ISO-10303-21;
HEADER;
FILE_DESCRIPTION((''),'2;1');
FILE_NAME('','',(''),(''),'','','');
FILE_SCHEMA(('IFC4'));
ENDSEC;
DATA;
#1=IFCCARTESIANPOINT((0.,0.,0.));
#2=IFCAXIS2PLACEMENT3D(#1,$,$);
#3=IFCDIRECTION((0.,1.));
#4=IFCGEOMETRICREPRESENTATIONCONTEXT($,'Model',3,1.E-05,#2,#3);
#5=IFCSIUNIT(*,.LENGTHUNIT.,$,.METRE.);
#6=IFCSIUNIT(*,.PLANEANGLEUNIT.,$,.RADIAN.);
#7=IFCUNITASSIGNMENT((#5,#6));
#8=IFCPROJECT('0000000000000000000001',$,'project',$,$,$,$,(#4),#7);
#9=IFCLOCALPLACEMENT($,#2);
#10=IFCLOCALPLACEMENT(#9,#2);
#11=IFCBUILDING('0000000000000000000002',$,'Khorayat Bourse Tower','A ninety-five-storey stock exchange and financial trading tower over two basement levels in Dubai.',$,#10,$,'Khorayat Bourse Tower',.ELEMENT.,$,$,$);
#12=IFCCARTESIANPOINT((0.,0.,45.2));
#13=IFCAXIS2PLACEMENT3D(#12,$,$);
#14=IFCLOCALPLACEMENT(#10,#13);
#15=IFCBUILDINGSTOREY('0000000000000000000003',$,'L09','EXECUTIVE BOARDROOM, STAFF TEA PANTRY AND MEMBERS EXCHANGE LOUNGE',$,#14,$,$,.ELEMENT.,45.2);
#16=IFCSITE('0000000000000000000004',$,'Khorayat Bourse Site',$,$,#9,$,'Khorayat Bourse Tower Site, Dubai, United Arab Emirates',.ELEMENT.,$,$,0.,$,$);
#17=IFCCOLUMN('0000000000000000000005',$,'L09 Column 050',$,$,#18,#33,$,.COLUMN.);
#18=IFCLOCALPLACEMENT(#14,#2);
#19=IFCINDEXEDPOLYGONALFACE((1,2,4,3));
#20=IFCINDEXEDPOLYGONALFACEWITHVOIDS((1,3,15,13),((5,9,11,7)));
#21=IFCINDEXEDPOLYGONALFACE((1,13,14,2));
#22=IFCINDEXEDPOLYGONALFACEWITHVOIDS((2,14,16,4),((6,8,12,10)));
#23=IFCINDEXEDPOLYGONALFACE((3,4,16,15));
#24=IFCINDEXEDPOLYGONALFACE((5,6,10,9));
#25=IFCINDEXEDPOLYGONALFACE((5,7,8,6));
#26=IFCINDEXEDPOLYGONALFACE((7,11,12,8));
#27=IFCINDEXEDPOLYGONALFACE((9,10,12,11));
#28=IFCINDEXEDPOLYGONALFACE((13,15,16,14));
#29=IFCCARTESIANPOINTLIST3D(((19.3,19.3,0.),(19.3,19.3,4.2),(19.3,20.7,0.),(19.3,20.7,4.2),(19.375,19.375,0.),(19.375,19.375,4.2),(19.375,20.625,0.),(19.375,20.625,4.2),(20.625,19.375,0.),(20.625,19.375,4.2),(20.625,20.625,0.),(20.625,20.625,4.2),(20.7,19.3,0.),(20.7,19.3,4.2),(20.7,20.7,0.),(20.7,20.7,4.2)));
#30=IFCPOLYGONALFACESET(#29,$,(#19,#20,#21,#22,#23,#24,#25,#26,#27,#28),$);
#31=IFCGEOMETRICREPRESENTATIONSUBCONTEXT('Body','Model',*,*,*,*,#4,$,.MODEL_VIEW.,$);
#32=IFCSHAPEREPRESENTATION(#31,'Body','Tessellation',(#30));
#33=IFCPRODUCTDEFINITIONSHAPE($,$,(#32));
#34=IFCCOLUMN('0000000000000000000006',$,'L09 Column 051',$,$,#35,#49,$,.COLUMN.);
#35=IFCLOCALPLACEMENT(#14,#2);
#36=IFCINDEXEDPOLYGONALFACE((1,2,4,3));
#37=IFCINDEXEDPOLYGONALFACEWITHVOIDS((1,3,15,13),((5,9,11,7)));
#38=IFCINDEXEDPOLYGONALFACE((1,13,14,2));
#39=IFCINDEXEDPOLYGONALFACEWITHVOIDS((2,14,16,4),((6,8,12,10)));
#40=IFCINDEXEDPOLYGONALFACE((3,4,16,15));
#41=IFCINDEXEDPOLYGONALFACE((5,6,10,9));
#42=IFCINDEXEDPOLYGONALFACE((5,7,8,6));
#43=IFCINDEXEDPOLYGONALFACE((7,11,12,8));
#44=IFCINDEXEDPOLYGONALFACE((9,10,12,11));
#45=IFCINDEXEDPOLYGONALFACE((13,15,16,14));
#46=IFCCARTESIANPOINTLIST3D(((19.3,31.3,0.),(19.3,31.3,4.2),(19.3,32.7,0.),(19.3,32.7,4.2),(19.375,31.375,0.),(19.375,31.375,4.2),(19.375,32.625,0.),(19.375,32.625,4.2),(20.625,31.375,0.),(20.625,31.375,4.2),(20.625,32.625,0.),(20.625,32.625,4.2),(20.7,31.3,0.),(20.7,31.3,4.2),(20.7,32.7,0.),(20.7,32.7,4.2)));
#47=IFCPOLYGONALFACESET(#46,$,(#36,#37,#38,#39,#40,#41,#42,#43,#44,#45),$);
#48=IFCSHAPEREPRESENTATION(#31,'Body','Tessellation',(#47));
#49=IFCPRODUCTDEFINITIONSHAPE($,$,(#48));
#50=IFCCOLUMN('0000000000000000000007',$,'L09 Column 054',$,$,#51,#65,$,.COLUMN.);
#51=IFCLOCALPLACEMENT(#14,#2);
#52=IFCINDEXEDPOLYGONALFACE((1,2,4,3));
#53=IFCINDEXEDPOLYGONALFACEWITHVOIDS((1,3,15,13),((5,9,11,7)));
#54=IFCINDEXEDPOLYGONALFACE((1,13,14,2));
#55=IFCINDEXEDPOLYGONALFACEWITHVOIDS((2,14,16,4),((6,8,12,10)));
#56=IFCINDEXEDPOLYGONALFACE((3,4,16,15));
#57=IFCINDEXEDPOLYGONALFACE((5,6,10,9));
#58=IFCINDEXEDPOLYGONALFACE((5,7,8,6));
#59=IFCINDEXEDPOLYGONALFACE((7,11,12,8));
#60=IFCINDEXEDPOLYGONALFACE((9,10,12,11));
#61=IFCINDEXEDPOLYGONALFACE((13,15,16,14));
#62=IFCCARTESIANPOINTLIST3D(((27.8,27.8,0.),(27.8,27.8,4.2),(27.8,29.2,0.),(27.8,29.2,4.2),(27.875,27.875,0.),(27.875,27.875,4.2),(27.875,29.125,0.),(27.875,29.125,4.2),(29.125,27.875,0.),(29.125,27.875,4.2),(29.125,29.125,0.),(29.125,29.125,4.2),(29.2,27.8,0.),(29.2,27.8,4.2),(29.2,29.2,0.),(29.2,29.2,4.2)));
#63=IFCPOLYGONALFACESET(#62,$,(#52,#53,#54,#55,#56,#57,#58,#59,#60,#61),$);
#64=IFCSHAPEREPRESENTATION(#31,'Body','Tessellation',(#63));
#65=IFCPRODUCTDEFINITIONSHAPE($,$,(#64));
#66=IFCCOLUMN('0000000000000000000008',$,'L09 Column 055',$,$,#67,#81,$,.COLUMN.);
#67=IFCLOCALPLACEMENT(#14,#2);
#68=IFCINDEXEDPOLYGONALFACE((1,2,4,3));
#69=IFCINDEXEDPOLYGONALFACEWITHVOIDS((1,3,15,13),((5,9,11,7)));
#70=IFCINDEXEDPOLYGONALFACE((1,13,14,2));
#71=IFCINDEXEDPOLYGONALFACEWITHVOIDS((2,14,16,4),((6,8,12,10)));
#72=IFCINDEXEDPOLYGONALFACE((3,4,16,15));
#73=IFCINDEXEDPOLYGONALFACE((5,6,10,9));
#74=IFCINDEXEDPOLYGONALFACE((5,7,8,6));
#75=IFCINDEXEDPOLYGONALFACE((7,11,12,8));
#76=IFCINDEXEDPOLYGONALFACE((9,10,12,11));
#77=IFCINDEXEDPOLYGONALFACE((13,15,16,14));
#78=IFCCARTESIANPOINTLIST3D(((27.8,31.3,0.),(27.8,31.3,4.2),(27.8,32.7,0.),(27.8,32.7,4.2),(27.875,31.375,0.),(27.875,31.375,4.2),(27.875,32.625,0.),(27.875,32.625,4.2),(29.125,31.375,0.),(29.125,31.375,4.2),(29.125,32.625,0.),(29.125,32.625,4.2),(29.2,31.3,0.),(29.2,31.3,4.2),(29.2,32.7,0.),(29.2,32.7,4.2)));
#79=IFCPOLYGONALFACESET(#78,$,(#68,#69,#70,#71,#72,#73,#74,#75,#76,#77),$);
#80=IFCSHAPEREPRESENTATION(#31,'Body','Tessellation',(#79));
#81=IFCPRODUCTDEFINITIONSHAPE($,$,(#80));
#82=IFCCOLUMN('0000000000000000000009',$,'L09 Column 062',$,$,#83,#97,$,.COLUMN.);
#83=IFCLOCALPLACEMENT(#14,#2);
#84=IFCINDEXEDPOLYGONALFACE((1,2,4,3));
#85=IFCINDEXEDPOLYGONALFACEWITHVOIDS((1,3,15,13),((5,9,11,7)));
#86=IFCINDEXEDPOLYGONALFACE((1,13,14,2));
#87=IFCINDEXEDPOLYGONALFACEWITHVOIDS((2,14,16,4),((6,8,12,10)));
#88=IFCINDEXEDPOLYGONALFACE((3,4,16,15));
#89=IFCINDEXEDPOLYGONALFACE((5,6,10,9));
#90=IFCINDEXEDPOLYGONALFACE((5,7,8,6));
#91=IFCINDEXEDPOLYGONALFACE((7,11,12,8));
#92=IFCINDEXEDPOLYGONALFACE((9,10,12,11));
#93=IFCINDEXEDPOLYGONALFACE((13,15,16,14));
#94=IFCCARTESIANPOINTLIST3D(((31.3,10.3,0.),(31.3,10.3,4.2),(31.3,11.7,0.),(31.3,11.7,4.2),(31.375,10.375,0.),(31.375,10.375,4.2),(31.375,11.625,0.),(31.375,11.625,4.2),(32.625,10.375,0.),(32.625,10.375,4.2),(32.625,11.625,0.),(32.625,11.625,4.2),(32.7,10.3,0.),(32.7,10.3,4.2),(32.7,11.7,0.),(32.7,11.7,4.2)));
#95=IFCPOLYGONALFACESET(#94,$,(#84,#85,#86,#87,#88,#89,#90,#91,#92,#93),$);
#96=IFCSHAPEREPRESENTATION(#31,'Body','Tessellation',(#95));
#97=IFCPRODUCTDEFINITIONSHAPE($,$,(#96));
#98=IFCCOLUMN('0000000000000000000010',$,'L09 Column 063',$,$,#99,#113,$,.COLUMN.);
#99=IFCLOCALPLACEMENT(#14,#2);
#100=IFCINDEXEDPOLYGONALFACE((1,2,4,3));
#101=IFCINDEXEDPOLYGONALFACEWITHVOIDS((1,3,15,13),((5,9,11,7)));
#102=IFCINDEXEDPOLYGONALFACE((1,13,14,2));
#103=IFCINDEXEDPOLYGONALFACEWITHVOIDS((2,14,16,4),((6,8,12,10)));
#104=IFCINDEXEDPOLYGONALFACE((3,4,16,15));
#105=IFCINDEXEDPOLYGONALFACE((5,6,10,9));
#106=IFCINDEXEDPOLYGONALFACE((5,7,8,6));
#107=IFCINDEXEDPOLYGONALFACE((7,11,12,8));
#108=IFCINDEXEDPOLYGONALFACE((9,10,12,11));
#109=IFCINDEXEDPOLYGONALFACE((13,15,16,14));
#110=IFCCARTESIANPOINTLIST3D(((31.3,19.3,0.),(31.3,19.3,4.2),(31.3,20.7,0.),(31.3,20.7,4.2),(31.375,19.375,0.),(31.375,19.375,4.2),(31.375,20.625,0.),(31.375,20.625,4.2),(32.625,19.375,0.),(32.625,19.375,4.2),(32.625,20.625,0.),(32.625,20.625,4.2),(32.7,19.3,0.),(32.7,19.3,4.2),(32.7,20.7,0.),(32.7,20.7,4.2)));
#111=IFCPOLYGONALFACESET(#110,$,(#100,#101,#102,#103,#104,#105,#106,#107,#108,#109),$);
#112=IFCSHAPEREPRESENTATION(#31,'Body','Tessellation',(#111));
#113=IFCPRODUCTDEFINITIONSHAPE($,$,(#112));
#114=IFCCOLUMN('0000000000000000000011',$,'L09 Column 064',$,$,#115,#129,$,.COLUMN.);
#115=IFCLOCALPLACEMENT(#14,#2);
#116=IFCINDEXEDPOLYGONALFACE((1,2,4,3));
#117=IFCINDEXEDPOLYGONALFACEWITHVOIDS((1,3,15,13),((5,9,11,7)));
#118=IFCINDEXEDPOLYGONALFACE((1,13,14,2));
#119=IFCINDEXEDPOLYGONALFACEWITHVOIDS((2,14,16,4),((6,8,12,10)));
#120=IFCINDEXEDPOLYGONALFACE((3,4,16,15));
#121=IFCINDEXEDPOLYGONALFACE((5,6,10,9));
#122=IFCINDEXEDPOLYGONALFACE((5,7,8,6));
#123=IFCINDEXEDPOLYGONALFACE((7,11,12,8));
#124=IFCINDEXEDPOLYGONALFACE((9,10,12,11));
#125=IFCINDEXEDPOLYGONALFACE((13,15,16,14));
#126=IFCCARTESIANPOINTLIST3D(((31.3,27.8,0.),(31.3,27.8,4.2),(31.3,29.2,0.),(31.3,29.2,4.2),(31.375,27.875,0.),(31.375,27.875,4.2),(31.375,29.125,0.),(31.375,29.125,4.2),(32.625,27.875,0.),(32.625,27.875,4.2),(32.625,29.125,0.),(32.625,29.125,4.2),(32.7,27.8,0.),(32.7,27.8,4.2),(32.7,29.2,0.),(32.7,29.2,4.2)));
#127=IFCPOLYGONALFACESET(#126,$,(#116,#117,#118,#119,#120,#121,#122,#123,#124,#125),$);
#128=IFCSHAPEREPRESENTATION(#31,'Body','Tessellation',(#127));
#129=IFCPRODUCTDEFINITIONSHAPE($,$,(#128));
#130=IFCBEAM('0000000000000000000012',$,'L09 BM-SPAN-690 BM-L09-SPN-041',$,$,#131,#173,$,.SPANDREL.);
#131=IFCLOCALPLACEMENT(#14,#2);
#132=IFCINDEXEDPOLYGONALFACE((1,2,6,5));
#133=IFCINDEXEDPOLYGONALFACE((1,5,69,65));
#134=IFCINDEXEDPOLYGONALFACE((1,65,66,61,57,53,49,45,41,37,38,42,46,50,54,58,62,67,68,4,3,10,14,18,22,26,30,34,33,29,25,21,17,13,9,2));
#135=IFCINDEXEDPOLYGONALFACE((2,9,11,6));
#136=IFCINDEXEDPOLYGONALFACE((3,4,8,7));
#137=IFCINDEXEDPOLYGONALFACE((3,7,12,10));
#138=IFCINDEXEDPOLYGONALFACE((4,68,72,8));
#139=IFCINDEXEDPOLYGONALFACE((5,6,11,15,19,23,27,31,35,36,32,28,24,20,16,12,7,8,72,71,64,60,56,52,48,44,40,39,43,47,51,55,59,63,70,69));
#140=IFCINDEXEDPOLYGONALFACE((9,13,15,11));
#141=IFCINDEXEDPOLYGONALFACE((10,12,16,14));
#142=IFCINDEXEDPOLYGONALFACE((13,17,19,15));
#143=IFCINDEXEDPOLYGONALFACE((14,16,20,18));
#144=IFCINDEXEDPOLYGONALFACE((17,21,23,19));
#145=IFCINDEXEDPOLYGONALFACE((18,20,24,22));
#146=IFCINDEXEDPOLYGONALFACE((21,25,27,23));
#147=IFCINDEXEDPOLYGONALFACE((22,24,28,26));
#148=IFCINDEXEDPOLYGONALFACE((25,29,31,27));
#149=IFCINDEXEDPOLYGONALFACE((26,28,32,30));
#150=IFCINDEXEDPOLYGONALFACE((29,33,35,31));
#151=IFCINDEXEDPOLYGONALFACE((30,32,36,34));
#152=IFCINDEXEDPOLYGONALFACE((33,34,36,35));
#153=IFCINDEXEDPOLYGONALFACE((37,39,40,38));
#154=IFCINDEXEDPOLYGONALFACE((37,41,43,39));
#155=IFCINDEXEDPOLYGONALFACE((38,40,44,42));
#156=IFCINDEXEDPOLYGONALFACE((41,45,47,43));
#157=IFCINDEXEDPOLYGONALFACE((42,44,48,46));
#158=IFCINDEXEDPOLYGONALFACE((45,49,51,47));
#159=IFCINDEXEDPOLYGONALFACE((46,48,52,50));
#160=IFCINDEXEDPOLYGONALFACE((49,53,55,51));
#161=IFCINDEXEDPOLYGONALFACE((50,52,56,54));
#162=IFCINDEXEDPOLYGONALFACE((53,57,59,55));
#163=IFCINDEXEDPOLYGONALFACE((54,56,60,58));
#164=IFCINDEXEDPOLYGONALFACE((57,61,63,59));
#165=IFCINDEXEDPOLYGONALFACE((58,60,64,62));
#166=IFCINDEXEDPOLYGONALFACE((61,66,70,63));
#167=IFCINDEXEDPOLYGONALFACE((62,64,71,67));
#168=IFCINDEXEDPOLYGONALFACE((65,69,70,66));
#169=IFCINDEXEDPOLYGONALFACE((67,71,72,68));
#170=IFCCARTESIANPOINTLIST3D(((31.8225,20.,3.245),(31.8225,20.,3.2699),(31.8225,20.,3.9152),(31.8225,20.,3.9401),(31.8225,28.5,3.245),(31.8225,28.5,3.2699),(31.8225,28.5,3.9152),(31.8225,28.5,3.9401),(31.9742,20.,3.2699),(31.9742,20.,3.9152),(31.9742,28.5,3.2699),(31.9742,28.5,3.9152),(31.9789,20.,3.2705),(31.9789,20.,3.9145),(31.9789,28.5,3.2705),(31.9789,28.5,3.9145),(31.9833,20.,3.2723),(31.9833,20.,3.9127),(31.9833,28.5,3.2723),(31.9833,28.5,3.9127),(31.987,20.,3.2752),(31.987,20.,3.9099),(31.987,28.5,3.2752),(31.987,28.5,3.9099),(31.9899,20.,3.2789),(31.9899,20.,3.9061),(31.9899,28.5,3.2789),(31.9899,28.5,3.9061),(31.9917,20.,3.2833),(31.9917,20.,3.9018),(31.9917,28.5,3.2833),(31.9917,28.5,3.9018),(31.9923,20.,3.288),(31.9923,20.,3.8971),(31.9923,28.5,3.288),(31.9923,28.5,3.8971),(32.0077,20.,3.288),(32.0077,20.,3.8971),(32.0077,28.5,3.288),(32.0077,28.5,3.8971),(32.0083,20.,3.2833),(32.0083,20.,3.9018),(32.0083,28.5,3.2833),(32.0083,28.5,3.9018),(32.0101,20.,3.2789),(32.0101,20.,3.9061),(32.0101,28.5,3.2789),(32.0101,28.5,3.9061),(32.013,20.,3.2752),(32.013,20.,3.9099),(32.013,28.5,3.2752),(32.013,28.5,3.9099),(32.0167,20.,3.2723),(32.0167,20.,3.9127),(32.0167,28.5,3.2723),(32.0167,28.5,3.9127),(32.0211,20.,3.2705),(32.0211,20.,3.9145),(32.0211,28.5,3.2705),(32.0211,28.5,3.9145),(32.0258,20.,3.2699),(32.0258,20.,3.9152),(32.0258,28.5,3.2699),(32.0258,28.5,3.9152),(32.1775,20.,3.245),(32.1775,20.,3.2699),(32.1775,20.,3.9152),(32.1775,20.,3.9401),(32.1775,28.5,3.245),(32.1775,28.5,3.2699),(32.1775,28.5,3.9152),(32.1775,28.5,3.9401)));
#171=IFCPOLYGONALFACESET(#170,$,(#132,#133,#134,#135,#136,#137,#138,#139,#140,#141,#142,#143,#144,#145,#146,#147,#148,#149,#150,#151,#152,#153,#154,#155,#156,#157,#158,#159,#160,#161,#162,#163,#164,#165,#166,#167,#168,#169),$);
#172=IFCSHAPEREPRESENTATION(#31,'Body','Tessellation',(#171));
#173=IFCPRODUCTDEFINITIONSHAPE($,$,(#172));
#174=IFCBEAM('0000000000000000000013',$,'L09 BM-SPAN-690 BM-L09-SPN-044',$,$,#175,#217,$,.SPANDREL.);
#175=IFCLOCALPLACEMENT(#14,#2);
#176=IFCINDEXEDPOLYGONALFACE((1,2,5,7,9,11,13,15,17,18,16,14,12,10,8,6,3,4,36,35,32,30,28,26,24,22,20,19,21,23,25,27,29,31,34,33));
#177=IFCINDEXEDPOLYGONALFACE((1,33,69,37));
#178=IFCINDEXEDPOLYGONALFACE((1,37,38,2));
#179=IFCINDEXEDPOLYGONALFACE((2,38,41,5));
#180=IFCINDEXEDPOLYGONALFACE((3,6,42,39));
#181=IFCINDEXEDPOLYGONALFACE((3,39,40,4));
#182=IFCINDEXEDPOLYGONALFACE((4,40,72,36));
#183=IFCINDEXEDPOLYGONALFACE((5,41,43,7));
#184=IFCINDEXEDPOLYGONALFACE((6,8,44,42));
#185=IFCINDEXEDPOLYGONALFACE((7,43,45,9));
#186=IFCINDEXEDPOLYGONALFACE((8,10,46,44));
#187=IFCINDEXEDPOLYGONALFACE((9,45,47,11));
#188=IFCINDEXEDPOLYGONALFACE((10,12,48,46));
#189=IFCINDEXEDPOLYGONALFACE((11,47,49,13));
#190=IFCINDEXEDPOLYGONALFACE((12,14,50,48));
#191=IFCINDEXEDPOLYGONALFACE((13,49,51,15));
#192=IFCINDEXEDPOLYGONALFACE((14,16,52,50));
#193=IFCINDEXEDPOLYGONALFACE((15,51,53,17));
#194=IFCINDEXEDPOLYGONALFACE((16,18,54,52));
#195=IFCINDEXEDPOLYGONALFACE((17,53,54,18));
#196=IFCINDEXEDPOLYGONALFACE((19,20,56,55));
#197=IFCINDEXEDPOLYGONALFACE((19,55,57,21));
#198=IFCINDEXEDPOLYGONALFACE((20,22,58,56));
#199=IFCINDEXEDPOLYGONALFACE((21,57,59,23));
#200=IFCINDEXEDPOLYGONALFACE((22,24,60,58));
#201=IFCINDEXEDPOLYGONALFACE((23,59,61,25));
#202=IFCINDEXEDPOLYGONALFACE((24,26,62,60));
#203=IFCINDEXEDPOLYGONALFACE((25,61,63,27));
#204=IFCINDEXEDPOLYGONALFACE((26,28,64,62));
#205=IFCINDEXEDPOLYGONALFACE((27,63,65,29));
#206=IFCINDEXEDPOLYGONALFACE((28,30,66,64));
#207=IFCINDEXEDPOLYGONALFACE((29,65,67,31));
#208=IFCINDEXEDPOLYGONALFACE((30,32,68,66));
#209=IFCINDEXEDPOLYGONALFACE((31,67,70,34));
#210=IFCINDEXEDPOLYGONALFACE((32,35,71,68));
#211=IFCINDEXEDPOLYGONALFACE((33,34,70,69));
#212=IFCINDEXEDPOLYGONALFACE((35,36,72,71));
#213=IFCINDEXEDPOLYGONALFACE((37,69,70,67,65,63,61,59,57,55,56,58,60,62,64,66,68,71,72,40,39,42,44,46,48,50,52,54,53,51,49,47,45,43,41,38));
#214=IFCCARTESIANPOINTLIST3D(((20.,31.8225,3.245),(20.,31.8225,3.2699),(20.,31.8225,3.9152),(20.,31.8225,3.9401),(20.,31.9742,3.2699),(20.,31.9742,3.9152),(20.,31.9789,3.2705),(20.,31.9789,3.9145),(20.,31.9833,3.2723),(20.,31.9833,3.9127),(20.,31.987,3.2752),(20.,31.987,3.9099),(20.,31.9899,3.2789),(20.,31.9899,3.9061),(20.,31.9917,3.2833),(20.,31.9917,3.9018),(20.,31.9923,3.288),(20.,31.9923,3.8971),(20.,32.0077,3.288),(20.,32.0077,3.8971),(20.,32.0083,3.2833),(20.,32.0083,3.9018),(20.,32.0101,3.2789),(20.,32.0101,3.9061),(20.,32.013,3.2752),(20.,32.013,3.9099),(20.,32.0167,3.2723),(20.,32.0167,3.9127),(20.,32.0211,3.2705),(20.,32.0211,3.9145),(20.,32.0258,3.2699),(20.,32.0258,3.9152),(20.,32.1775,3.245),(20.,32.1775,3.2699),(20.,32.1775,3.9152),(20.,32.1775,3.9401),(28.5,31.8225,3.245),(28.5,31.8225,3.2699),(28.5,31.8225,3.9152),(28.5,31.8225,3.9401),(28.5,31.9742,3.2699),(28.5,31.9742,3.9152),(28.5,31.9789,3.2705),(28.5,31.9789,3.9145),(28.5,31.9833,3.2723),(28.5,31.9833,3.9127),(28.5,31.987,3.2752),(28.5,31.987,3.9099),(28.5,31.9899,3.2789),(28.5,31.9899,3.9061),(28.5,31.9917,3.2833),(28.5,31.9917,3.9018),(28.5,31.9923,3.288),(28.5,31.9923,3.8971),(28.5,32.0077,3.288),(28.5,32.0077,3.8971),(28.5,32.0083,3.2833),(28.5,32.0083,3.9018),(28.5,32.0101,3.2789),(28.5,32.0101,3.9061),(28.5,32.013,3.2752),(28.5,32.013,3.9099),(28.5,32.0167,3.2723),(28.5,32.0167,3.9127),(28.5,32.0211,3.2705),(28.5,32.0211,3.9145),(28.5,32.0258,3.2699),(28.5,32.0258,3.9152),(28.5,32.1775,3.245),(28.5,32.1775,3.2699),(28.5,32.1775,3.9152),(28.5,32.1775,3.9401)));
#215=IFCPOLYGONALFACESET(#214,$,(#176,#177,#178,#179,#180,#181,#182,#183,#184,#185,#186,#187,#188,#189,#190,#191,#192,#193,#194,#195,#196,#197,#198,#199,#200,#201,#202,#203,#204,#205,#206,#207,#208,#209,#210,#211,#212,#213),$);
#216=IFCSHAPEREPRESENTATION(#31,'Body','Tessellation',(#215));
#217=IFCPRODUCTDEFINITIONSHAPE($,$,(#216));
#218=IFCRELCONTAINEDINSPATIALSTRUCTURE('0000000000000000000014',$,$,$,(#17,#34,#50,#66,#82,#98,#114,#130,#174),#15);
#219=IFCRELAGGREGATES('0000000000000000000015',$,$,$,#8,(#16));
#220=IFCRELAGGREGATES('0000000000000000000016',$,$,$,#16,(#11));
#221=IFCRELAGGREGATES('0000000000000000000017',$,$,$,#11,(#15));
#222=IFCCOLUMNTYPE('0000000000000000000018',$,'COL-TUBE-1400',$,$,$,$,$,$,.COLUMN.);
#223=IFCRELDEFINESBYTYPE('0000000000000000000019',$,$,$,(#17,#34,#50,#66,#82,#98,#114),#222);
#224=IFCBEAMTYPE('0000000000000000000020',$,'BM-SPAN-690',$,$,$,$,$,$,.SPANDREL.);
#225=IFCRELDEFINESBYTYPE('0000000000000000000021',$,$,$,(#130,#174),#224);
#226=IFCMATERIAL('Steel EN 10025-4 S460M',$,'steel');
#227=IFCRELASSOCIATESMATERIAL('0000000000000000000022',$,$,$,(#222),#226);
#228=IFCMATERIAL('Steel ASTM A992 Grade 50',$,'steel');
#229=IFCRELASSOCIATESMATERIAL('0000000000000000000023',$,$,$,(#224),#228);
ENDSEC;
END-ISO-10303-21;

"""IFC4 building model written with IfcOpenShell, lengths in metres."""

from ifc_helpers import new_model, si_unit, direction, frame, origin, origin_2d, place, context, subcontext, project, spatial, hollow_rectangle, i_section, extrude, source, transform, mapped, material, material_profile, profile_set, type_object, element, save


model = new_model("IFC4")

# Units and contexts
model_context = context("Model", 3, precision=1e-05, world=origin(), true_north=direction((0.0, 1.0)))
body_context = subcontext(model_context, "Body", "Model", "MODEL_VIEW")
ifc_project = project(units=[si_unit("LENGTHUNIT", "METRE"), si_unit("PLANEANGLEUNIT", "RADIAN")], contexts=[model_context])

# Site, building, storey
site_placement = place(None, origin())
site = spatial("IfcSite", under=ifc_project, at=site_placement, Name="Khorayat Bourse Site", LongName="Khorayat Bourse Tower Site, Dubai, United Arab Emirates", CompositionType="ELEMENT", RefElevation=0.0)
building_placement = place(site_placement, origin())
building = spatial("IfcBuilding", under=site, at=building_placement, Name="Khorayat Bourse Tower", Description="A ninety-five-storey stock exchange and financial trading tower over two basement levels in Dubai.", LongName="Khorayat Bourse Tower", CompositionType="ELEMENT")
storey_placement = place(building_placement, frame((0.0, 0.0, 45.2)))
storey = spatial("IfcBuildingStorey", under=building, at=storey_placement, Name="L09", Description="EXECUTIVE BOARDROOM, STAFF TEA PANTRY AND MEMBERS EXCHANGE LOUNGE", CompositionType="ELEMENT", Elevation=45.2)

# Columns
ifc_material_1 = material(Name="Steel EN 10025-4 S460M", Category="steel")
ifc_material_profile_1 = material_profile(ifc_material_1, hollow_rectangle(XDim=1.3999, YDim=1.3999, WallThickness=0.075, at=origin_2d()), Name="BOX 1400x1400x75")
ifc_profile_set_1 = profile_set([ifc_material_profile_1], Name="Steel EN 10025-4 S460M")
column_type = type_object("IfcColumnType", Name="COL-TUBE-1400", PredefinedType="COLUMN", material=ifc_profile_set_1)
shared_shape_1 = source(origin(), body_context, "Body", "SweptSolid", [
    extrude(hollow_rectangle(XDim=1.3999, YDim=1.3999, WallThickness=0.075, at=origin_2d()), origin(), (0.0, 0.0, 1.0), 4.2),
])
for number, where, z_axis, x_axis, name in (
    (1, (20.0, 20.0, 0.0), (0.0, 0.0, 1.0), (1.0, 0.0, 0.0), "L09 Column 050"),
    (2, (20.0, 32.0, 0.0), (0.0, 0.0, 1.0), (1.0, 0.0, 0.0), "L09 Column 051"),
    (3, (28.5, 28.5, 0.0), (0.0, 0.0, 1.0), (1.0, 0.0, 0.0), "L09 Column 054"),
    (4, (28.5, 32.0, 0.0), (0.0, 0.0, 1.0), (1.0, 0.0, 0.0), "L09 Column 055"),
    (5, (32.0, 11.0, 0.0), (0.0, 0.0, 1.0), (1.0, 0.0, 0.0), "L09 Column 062"),
    (6, (32.0, 20.0, 0.0), (0.0, 0.0, 1.0), (1.0, 0.0, 0.0), "L09 Column 063"),
    (7, (32.0, 28.5, 0.0), (0.0, 0.0, 1.0), (1.0, 0.0, 0.0), "L09 Column 064"),
):
    element("IfcColumn", number, at=place(storey_placement, frame(where, z_axis=z_axis, x_axis=x_axis)), inside=storey, type_object=column_type, Name=name, PredefinedType="COLUMN", context=body_context, shape_type="MappedRepresentation", body=[
        mapped(shared_shape_1, transform((0.0, 0.0, 0.0), scale=1.0)),
    ])

# Beams
ifc_material_2 = material(Name="Steel ASTM A992 Grade 50", Category="steel")
ifc_material_profile_2 = material_profile(ifc_material_2, i_section(OverallWidth=0.355, OverallDepth=0.6951, WebThickness=0.0154, FlangeThickness=0.0249, FilletRadius=0.0181, at=origin_2d()), Name="W690X217")
ifc_profile_set_2 = profile_set([ifc_material_profile_2], Name="Steel ASTM A992 Grade 50")
beam_type_1 = type_object("IfcBeamType", Name="BM-SPAN-690", PredefinedType="SPANDREL", material=ifc_profile_set_2)
shared_shape_2 = source(origin(), body_context, "Body", "SweptSolid", [
    extrude(i_section(OverallWidth=0.355, OverallDepth=0.6951, WebThickness=0.0154, FlangeThickness=0.0249, FilletRadius=0.0181, at=origin_2d()), origin(), (0.0, 0.0, 1.0), 8.5),
])
for number, where, z_axis, x_axis, name in (
    (8, (32.0, 20.0, 3.5925), (0.0, 1.0, 0.0), (-1.0, 0.0, 0.0), "L09 BM-SPAN-690 BM-L09-SPN-041"),
    (9, (20.0, 32.0, 3.5925), (1.0, 0.0, 0.0), (0.0, 1.0, 0.0), "L09 BM-SPAN-690 BM-L09-SPN-044"),
):
    element("IfcBeam", number, at=place(storey_placement, frame(where, z_axis=z_axis, x_axis=x_axis)), inside=storey, type_object=beam_type_1, Name=name, PredefinedType="SPANDREL", context=body_context, shape_type="MappedRepresentation", body=[
        mapped(shared_shape_2, transform((0.0, 0.0, 0.0), scale=1.0)),
    ])

save(model, "model.ifc")
